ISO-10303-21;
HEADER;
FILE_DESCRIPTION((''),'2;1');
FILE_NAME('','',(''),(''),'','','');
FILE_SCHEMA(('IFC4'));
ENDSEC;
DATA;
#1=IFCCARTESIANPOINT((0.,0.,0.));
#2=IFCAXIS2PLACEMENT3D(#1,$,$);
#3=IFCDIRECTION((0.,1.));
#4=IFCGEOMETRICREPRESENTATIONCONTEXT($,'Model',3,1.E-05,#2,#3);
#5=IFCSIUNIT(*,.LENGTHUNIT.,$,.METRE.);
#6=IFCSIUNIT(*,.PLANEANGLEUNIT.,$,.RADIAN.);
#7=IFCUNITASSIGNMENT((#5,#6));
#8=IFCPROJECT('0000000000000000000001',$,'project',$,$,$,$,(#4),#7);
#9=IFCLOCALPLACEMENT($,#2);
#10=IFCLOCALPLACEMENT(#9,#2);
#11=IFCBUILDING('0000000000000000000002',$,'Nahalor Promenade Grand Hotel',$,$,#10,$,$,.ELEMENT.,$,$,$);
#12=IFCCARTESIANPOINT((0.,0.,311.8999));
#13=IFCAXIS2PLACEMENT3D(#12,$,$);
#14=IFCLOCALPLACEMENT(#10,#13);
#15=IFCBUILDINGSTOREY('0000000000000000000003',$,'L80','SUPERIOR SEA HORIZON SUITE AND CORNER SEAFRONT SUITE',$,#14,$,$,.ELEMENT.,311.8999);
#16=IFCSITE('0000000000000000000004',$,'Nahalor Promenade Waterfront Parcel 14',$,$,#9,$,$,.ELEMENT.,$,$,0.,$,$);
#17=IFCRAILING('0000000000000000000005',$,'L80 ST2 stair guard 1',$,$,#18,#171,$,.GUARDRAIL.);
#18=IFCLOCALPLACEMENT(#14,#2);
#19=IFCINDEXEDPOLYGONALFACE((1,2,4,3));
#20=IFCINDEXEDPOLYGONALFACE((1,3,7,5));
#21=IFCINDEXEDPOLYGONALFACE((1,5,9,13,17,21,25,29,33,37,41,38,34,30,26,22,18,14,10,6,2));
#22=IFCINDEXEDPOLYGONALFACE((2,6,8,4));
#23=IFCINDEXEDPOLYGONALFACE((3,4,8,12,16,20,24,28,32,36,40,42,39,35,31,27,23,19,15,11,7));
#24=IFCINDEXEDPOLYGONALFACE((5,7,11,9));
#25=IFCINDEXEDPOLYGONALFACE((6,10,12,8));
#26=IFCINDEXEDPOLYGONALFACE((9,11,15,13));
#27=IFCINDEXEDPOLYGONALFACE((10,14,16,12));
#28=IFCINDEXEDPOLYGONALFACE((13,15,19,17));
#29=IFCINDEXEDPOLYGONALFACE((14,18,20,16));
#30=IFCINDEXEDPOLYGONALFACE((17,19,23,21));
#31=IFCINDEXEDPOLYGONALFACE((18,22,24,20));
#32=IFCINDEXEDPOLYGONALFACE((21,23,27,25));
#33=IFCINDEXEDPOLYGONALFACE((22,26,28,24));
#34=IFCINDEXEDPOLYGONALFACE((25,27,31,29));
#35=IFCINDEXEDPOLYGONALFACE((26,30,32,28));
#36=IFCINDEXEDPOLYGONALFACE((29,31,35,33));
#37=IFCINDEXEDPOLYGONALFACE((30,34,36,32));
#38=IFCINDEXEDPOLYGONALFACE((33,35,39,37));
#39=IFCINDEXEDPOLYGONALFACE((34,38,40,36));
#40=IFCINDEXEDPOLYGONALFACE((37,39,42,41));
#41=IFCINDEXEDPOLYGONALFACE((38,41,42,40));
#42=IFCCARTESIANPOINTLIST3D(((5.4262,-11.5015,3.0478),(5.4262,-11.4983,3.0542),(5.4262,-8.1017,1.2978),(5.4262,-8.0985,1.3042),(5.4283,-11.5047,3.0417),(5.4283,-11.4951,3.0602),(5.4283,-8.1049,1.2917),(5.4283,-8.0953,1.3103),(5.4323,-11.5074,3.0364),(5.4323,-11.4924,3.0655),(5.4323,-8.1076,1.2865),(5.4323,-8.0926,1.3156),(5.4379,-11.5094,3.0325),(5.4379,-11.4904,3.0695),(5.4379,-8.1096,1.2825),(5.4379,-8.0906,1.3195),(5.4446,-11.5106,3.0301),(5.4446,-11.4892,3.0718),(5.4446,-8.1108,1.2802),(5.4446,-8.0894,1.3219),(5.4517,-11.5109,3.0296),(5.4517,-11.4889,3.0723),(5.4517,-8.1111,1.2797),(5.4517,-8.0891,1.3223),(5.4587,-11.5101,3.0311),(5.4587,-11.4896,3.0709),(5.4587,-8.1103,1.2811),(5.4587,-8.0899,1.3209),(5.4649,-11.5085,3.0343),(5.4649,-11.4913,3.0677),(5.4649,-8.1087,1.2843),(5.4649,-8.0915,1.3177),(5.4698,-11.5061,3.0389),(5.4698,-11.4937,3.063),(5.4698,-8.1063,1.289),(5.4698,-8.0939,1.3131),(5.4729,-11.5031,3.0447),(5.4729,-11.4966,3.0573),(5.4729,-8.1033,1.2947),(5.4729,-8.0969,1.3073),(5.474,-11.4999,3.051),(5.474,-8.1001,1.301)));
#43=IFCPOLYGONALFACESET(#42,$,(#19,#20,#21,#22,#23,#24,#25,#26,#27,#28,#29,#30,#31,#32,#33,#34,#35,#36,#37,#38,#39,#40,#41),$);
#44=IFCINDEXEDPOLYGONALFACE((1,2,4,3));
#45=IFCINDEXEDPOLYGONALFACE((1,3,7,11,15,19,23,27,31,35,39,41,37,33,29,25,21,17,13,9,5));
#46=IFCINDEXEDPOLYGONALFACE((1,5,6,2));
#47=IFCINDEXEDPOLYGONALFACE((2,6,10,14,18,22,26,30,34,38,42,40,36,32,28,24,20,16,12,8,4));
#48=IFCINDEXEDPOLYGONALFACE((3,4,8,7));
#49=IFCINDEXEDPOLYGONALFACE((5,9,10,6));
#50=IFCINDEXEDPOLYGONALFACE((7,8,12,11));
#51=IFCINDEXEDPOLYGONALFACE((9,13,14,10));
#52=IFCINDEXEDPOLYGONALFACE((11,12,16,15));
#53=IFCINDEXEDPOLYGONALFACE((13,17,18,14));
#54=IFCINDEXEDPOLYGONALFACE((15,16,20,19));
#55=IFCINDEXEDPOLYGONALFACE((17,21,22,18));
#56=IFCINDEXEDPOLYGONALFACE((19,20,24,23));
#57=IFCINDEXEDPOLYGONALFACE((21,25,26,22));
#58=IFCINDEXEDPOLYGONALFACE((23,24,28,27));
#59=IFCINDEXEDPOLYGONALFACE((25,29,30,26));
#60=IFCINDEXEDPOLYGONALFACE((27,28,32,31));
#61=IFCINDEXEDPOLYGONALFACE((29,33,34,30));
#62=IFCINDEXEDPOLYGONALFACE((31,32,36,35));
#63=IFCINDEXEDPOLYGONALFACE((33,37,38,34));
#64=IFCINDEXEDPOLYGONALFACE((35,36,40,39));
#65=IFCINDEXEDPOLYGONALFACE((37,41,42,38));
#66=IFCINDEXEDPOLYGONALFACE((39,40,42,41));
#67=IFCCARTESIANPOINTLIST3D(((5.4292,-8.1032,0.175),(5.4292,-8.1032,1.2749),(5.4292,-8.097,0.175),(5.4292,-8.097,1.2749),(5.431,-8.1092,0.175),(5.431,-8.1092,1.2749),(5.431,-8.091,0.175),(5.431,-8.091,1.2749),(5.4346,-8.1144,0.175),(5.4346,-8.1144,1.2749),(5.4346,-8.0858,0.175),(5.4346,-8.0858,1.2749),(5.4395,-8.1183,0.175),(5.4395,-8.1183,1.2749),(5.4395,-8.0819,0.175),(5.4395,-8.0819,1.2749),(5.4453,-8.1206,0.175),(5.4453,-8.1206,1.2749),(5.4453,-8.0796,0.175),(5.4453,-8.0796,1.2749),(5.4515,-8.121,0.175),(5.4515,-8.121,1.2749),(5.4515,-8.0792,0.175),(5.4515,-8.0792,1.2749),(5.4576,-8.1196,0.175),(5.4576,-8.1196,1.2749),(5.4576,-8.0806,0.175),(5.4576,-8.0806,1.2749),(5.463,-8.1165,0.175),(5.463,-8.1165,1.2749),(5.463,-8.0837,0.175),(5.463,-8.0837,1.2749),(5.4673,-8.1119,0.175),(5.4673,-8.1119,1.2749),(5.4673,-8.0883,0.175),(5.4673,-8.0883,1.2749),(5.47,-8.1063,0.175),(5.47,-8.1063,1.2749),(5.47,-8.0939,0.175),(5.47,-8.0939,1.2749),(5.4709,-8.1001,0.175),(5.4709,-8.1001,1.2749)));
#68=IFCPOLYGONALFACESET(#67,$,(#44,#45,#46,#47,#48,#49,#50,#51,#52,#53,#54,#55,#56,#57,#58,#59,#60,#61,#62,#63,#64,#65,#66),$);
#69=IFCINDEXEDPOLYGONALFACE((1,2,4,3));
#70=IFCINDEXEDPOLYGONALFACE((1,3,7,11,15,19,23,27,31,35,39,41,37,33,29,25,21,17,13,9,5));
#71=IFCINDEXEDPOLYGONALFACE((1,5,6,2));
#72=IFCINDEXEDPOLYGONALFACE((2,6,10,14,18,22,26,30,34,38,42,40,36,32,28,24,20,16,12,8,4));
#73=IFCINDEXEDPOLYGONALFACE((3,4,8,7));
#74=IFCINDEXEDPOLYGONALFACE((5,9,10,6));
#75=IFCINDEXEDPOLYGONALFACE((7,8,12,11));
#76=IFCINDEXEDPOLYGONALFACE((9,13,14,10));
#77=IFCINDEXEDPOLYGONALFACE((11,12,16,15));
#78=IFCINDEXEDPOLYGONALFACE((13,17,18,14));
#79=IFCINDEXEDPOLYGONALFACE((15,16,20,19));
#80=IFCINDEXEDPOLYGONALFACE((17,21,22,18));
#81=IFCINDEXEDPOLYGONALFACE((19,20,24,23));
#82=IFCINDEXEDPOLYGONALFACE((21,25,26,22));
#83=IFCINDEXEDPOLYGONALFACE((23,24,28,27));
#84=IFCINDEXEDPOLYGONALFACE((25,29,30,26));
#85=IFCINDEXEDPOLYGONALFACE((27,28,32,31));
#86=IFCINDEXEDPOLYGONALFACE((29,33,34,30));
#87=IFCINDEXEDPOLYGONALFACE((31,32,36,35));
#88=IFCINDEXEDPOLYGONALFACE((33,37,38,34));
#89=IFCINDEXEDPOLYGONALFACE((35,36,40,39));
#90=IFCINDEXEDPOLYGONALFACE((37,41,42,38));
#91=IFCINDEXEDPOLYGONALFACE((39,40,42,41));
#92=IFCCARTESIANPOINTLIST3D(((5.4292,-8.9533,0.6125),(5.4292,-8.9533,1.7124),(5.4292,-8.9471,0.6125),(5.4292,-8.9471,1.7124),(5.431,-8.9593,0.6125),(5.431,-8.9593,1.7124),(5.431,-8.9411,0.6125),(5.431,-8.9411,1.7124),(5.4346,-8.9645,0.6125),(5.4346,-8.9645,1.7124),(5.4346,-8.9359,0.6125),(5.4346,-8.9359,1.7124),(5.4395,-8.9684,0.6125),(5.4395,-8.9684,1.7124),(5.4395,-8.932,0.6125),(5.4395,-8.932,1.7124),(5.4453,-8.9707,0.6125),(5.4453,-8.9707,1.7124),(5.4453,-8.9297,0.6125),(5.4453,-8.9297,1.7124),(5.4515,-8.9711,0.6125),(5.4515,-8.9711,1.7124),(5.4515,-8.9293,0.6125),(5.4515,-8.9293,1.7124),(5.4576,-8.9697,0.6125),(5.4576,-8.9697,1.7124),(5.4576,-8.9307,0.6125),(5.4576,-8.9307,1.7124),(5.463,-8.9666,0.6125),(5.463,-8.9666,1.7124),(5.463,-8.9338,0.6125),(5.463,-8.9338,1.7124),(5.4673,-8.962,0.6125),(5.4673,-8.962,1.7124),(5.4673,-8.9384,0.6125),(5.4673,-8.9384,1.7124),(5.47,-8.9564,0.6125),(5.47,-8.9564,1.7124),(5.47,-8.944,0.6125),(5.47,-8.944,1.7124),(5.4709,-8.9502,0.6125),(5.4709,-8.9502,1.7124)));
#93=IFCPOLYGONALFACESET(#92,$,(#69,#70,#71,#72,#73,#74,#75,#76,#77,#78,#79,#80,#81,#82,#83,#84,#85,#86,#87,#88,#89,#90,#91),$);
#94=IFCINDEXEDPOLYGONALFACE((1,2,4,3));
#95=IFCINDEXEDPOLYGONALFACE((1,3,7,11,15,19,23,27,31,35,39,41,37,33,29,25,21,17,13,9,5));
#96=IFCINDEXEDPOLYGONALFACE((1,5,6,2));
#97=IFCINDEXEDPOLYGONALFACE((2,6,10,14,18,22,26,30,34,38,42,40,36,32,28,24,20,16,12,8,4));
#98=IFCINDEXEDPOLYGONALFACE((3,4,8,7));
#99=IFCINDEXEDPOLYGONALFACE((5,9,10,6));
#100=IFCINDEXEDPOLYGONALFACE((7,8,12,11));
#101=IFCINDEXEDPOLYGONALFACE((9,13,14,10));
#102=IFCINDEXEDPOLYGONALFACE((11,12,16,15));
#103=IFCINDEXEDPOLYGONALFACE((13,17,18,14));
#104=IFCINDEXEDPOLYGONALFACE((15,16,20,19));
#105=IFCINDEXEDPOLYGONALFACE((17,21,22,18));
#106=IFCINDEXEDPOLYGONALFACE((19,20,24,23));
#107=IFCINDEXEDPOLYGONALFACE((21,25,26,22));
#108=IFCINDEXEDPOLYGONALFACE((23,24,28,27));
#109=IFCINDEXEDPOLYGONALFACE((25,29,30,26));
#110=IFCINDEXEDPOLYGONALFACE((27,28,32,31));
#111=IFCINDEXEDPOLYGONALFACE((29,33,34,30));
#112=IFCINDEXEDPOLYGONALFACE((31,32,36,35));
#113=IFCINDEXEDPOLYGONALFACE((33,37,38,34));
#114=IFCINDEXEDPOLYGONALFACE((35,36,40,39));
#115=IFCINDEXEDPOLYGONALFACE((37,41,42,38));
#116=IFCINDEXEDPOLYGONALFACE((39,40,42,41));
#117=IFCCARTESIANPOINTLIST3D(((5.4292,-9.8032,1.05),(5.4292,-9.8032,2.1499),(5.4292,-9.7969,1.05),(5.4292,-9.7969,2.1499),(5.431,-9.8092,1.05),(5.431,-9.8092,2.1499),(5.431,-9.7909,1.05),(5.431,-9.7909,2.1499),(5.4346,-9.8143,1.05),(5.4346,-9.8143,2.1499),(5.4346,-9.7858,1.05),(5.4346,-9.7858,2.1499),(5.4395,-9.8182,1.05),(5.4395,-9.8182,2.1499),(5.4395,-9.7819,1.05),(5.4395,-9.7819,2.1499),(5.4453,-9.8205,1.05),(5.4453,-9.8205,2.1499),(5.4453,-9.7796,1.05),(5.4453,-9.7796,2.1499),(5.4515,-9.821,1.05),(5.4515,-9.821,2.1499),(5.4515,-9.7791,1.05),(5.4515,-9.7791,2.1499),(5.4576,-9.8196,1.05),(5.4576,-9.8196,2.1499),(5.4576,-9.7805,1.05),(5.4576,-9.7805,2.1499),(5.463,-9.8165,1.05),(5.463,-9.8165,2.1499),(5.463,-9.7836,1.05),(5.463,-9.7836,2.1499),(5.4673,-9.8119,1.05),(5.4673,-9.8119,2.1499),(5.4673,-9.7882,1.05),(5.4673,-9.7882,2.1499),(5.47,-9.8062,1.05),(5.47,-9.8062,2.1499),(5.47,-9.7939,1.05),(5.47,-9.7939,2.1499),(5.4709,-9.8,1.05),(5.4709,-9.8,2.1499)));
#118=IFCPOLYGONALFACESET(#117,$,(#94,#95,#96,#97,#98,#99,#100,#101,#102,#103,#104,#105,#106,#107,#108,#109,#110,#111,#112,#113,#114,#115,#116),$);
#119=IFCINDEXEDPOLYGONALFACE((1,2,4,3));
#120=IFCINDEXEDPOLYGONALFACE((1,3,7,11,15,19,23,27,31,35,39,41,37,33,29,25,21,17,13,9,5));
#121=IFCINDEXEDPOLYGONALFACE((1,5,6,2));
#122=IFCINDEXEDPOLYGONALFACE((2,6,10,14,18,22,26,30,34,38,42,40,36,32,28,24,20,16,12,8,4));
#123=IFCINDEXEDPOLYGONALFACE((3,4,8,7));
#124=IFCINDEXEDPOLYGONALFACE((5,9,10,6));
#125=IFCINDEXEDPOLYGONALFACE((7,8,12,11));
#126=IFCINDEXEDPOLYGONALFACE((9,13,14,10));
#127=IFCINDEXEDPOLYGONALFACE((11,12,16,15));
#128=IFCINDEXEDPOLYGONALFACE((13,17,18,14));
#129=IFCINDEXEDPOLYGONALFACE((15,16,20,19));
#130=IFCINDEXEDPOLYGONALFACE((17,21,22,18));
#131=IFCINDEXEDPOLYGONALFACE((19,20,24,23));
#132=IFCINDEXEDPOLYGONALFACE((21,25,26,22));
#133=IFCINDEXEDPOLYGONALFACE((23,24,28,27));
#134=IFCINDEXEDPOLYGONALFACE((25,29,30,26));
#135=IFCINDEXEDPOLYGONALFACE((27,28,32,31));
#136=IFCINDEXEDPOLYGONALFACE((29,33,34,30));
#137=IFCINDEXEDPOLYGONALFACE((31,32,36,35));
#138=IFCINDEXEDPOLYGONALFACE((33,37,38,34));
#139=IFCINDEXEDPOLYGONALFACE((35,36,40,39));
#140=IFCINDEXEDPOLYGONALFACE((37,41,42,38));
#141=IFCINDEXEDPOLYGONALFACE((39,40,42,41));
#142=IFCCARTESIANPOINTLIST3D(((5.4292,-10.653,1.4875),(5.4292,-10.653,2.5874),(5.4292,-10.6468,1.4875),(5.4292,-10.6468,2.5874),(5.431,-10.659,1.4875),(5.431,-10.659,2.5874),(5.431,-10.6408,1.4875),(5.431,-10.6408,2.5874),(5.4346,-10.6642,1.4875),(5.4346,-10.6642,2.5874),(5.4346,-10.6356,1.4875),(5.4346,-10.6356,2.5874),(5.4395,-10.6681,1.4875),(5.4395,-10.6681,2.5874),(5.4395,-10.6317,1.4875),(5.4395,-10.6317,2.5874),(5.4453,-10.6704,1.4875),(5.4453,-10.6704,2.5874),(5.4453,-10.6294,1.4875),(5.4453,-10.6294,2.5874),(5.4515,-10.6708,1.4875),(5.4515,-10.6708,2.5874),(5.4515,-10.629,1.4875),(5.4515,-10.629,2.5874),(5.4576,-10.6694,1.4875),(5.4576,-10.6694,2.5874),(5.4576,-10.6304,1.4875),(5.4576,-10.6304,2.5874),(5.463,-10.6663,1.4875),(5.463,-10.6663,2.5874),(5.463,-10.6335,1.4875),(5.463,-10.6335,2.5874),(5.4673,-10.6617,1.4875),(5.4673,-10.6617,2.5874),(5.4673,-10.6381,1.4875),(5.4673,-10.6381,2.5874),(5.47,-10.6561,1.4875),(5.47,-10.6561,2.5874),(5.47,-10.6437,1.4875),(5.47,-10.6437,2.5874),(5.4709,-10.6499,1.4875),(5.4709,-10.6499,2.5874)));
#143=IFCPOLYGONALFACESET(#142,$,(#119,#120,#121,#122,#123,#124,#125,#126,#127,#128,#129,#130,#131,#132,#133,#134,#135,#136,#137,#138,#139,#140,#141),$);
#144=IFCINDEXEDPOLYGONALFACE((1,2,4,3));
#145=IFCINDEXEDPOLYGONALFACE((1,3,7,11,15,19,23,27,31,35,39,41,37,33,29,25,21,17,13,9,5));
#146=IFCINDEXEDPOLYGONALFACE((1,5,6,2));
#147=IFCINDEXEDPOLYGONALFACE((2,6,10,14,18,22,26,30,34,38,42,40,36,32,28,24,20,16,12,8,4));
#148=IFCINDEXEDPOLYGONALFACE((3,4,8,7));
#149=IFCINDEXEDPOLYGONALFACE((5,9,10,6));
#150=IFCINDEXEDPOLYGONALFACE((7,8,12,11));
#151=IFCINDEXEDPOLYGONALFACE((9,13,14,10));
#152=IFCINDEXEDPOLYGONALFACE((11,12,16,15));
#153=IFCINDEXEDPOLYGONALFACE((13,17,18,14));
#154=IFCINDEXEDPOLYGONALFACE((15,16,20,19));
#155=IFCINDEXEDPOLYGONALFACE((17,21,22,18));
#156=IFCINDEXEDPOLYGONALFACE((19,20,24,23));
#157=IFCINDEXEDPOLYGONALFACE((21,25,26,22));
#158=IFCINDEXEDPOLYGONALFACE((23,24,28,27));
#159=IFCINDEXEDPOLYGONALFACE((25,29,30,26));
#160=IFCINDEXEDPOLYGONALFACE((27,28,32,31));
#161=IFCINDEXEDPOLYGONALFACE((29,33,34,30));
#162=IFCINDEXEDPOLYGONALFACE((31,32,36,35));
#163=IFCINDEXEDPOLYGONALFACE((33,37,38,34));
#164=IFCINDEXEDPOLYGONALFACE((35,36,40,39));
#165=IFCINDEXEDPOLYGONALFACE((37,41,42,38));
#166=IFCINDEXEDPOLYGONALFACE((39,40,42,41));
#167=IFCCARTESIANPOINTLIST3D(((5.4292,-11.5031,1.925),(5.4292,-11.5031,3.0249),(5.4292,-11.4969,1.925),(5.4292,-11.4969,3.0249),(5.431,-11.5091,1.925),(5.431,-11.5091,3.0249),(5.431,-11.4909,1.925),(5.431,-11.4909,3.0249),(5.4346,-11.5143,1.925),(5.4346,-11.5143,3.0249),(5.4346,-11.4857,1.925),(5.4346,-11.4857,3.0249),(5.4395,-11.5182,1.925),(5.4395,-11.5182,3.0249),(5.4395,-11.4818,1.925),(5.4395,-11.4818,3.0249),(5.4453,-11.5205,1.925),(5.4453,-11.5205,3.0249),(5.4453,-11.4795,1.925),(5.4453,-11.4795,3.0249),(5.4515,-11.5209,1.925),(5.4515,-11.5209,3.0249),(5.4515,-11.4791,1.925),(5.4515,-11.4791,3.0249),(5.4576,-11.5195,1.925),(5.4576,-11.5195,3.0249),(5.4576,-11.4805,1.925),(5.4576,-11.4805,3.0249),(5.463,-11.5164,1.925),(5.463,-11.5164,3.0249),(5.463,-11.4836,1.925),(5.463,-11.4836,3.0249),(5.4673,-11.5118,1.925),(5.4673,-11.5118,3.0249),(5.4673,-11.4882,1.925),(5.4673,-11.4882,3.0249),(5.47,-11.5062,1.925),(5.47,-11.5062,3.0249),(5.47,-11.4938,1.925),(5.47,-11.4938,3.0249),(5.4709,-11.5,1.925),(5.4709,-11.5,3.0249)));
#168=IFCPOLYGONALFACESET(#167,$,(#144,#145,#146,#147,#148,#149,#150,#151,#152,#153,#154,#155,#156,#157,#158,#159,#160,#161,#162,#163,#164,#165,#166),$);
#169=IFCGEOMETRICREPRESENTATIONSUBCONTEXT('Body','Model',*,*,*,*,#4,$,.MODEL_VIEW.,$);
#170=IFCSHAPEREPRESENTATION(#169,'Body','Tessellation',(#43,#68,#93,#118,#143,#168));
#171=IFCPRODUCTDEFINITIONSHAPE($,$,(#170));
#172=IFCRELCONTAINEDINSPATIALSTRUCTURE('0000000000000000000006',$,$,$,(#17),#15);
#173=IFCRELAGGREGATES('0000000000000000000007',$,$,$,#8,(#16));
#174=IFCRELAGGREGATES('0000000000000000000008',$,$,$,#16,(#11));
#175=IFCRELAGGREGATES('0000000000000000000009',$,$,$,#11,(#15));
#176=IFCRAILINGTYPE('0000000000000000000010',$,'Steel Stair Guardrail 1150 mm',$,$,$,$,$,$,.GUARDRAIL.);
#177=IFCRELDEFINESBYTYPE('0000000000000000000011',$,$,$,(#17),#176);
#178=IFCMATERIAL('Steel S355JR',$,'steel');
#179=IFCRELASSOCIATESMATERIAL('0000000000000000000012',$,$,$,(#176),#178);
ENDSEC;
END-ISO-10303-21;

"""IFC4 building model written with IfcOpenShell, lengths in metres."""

from ifc_helpers import new_model, si_unit, direction, frame, origin, origin_2d, place, context, subcontext, project, spatial, circle, extrude, material, type_object, element, save


model = new_model("IFC4")

# Units and contexts
model_context = context("Model", 3, precision=1e-05, world=origin(), true_north=direction((0.0, 1.0)))
body_context = subcontext(model_context, "Body", "Model", "MODEL_VIEW")
ifc_project = project(units=[si_unit("LENGTHUNIT", "METRE"), si_unit("PLANEANGLEUNIT", "RADIAN")], contexts=[model_context])

# Site, building, storey
site_placement = place(None, origin())
site = spatial("IfcSite", under=ifc_project, at=site_placement, Name="Nahalor Promenade Waterfront Parcel 14", CompositionType="ELEMENT", RefElevation=0.0)
building_placement = place(site_placement, origin())
building = spatial("IfcBuilding", under=site, at=building_placement, Name="Nahalor Promenade Grand Hotel", CompositionType="ELEMENT")
storey_placement = place(building_placement, frame((0.0, 0.0, 311.8999)))
storey = spatial("IfcBuildingStorey", under=building, at=storey_placement, Name="L80", Description="SUPERIOR SEA HORIZON SUITE AND CORNER SEAFRONT SUITE", CompositionType="ELEMENT", Elevation=311.8999)

# Shared definitions
ifc_material_1 = material(Name="Steel S355JR", Category="steel")

# Railing
railing_type_1 = type_object("IfcRailingType", Name="Steel Stair Guardrail 1150 mm", PredefinedType="GUARDRAIL", material=ifc_material_1)
railing_1_placement = place(storey_placement, frame((5.45, -8.1001, 0.175)))
element("IfcRailing", 1, at=railing_1_placement, inside=storey, type_object=railing_type_1, Name="L80 ST2 stair guard 1", PredefinedType="GUARDRAIL", context=body_context, shape_type="SweptSolid", body=[
    extrude(circle(Radius=0.024, at=origin_2d()), frame((0.0, 0.0, 1.126), z_axis=(0.0, -0.88913, 0.457654), x_axis=(1.0, 0.0, 0.0)), (0.0, 0.0, 1.0), 3.8237),
    extrude(circle(Radius=0.021, at=origin_2d()), origin(), (0.0, 0.0, 1.0), 1.0999),
    extrude(circle(Radius=0.021, at=origin_2d()), frame((0.0, -0.8501, 0.4375)), (0.0, 0.0, 1.0), 1.0999),
    extrude(circle(Radius=0.021, at=origin_2d()), frame((0.0, -1.7, 0.875)), (0.0, 0.0, 1.0), 1.0999),
    extrude(circle(Radius=0.021, at=origin_2d()), frame((0.0, -2.5498, 1.3125)), (0.0, 0.0, 1.0), 1.0999),
    extrude(circle(Radius=0.021, at=origin_2d()), frame((0.0, -3.3999, 1.75)), (0.0, 0.0, 1.0), 1.0999),
])

save(model, "model.ifc")
